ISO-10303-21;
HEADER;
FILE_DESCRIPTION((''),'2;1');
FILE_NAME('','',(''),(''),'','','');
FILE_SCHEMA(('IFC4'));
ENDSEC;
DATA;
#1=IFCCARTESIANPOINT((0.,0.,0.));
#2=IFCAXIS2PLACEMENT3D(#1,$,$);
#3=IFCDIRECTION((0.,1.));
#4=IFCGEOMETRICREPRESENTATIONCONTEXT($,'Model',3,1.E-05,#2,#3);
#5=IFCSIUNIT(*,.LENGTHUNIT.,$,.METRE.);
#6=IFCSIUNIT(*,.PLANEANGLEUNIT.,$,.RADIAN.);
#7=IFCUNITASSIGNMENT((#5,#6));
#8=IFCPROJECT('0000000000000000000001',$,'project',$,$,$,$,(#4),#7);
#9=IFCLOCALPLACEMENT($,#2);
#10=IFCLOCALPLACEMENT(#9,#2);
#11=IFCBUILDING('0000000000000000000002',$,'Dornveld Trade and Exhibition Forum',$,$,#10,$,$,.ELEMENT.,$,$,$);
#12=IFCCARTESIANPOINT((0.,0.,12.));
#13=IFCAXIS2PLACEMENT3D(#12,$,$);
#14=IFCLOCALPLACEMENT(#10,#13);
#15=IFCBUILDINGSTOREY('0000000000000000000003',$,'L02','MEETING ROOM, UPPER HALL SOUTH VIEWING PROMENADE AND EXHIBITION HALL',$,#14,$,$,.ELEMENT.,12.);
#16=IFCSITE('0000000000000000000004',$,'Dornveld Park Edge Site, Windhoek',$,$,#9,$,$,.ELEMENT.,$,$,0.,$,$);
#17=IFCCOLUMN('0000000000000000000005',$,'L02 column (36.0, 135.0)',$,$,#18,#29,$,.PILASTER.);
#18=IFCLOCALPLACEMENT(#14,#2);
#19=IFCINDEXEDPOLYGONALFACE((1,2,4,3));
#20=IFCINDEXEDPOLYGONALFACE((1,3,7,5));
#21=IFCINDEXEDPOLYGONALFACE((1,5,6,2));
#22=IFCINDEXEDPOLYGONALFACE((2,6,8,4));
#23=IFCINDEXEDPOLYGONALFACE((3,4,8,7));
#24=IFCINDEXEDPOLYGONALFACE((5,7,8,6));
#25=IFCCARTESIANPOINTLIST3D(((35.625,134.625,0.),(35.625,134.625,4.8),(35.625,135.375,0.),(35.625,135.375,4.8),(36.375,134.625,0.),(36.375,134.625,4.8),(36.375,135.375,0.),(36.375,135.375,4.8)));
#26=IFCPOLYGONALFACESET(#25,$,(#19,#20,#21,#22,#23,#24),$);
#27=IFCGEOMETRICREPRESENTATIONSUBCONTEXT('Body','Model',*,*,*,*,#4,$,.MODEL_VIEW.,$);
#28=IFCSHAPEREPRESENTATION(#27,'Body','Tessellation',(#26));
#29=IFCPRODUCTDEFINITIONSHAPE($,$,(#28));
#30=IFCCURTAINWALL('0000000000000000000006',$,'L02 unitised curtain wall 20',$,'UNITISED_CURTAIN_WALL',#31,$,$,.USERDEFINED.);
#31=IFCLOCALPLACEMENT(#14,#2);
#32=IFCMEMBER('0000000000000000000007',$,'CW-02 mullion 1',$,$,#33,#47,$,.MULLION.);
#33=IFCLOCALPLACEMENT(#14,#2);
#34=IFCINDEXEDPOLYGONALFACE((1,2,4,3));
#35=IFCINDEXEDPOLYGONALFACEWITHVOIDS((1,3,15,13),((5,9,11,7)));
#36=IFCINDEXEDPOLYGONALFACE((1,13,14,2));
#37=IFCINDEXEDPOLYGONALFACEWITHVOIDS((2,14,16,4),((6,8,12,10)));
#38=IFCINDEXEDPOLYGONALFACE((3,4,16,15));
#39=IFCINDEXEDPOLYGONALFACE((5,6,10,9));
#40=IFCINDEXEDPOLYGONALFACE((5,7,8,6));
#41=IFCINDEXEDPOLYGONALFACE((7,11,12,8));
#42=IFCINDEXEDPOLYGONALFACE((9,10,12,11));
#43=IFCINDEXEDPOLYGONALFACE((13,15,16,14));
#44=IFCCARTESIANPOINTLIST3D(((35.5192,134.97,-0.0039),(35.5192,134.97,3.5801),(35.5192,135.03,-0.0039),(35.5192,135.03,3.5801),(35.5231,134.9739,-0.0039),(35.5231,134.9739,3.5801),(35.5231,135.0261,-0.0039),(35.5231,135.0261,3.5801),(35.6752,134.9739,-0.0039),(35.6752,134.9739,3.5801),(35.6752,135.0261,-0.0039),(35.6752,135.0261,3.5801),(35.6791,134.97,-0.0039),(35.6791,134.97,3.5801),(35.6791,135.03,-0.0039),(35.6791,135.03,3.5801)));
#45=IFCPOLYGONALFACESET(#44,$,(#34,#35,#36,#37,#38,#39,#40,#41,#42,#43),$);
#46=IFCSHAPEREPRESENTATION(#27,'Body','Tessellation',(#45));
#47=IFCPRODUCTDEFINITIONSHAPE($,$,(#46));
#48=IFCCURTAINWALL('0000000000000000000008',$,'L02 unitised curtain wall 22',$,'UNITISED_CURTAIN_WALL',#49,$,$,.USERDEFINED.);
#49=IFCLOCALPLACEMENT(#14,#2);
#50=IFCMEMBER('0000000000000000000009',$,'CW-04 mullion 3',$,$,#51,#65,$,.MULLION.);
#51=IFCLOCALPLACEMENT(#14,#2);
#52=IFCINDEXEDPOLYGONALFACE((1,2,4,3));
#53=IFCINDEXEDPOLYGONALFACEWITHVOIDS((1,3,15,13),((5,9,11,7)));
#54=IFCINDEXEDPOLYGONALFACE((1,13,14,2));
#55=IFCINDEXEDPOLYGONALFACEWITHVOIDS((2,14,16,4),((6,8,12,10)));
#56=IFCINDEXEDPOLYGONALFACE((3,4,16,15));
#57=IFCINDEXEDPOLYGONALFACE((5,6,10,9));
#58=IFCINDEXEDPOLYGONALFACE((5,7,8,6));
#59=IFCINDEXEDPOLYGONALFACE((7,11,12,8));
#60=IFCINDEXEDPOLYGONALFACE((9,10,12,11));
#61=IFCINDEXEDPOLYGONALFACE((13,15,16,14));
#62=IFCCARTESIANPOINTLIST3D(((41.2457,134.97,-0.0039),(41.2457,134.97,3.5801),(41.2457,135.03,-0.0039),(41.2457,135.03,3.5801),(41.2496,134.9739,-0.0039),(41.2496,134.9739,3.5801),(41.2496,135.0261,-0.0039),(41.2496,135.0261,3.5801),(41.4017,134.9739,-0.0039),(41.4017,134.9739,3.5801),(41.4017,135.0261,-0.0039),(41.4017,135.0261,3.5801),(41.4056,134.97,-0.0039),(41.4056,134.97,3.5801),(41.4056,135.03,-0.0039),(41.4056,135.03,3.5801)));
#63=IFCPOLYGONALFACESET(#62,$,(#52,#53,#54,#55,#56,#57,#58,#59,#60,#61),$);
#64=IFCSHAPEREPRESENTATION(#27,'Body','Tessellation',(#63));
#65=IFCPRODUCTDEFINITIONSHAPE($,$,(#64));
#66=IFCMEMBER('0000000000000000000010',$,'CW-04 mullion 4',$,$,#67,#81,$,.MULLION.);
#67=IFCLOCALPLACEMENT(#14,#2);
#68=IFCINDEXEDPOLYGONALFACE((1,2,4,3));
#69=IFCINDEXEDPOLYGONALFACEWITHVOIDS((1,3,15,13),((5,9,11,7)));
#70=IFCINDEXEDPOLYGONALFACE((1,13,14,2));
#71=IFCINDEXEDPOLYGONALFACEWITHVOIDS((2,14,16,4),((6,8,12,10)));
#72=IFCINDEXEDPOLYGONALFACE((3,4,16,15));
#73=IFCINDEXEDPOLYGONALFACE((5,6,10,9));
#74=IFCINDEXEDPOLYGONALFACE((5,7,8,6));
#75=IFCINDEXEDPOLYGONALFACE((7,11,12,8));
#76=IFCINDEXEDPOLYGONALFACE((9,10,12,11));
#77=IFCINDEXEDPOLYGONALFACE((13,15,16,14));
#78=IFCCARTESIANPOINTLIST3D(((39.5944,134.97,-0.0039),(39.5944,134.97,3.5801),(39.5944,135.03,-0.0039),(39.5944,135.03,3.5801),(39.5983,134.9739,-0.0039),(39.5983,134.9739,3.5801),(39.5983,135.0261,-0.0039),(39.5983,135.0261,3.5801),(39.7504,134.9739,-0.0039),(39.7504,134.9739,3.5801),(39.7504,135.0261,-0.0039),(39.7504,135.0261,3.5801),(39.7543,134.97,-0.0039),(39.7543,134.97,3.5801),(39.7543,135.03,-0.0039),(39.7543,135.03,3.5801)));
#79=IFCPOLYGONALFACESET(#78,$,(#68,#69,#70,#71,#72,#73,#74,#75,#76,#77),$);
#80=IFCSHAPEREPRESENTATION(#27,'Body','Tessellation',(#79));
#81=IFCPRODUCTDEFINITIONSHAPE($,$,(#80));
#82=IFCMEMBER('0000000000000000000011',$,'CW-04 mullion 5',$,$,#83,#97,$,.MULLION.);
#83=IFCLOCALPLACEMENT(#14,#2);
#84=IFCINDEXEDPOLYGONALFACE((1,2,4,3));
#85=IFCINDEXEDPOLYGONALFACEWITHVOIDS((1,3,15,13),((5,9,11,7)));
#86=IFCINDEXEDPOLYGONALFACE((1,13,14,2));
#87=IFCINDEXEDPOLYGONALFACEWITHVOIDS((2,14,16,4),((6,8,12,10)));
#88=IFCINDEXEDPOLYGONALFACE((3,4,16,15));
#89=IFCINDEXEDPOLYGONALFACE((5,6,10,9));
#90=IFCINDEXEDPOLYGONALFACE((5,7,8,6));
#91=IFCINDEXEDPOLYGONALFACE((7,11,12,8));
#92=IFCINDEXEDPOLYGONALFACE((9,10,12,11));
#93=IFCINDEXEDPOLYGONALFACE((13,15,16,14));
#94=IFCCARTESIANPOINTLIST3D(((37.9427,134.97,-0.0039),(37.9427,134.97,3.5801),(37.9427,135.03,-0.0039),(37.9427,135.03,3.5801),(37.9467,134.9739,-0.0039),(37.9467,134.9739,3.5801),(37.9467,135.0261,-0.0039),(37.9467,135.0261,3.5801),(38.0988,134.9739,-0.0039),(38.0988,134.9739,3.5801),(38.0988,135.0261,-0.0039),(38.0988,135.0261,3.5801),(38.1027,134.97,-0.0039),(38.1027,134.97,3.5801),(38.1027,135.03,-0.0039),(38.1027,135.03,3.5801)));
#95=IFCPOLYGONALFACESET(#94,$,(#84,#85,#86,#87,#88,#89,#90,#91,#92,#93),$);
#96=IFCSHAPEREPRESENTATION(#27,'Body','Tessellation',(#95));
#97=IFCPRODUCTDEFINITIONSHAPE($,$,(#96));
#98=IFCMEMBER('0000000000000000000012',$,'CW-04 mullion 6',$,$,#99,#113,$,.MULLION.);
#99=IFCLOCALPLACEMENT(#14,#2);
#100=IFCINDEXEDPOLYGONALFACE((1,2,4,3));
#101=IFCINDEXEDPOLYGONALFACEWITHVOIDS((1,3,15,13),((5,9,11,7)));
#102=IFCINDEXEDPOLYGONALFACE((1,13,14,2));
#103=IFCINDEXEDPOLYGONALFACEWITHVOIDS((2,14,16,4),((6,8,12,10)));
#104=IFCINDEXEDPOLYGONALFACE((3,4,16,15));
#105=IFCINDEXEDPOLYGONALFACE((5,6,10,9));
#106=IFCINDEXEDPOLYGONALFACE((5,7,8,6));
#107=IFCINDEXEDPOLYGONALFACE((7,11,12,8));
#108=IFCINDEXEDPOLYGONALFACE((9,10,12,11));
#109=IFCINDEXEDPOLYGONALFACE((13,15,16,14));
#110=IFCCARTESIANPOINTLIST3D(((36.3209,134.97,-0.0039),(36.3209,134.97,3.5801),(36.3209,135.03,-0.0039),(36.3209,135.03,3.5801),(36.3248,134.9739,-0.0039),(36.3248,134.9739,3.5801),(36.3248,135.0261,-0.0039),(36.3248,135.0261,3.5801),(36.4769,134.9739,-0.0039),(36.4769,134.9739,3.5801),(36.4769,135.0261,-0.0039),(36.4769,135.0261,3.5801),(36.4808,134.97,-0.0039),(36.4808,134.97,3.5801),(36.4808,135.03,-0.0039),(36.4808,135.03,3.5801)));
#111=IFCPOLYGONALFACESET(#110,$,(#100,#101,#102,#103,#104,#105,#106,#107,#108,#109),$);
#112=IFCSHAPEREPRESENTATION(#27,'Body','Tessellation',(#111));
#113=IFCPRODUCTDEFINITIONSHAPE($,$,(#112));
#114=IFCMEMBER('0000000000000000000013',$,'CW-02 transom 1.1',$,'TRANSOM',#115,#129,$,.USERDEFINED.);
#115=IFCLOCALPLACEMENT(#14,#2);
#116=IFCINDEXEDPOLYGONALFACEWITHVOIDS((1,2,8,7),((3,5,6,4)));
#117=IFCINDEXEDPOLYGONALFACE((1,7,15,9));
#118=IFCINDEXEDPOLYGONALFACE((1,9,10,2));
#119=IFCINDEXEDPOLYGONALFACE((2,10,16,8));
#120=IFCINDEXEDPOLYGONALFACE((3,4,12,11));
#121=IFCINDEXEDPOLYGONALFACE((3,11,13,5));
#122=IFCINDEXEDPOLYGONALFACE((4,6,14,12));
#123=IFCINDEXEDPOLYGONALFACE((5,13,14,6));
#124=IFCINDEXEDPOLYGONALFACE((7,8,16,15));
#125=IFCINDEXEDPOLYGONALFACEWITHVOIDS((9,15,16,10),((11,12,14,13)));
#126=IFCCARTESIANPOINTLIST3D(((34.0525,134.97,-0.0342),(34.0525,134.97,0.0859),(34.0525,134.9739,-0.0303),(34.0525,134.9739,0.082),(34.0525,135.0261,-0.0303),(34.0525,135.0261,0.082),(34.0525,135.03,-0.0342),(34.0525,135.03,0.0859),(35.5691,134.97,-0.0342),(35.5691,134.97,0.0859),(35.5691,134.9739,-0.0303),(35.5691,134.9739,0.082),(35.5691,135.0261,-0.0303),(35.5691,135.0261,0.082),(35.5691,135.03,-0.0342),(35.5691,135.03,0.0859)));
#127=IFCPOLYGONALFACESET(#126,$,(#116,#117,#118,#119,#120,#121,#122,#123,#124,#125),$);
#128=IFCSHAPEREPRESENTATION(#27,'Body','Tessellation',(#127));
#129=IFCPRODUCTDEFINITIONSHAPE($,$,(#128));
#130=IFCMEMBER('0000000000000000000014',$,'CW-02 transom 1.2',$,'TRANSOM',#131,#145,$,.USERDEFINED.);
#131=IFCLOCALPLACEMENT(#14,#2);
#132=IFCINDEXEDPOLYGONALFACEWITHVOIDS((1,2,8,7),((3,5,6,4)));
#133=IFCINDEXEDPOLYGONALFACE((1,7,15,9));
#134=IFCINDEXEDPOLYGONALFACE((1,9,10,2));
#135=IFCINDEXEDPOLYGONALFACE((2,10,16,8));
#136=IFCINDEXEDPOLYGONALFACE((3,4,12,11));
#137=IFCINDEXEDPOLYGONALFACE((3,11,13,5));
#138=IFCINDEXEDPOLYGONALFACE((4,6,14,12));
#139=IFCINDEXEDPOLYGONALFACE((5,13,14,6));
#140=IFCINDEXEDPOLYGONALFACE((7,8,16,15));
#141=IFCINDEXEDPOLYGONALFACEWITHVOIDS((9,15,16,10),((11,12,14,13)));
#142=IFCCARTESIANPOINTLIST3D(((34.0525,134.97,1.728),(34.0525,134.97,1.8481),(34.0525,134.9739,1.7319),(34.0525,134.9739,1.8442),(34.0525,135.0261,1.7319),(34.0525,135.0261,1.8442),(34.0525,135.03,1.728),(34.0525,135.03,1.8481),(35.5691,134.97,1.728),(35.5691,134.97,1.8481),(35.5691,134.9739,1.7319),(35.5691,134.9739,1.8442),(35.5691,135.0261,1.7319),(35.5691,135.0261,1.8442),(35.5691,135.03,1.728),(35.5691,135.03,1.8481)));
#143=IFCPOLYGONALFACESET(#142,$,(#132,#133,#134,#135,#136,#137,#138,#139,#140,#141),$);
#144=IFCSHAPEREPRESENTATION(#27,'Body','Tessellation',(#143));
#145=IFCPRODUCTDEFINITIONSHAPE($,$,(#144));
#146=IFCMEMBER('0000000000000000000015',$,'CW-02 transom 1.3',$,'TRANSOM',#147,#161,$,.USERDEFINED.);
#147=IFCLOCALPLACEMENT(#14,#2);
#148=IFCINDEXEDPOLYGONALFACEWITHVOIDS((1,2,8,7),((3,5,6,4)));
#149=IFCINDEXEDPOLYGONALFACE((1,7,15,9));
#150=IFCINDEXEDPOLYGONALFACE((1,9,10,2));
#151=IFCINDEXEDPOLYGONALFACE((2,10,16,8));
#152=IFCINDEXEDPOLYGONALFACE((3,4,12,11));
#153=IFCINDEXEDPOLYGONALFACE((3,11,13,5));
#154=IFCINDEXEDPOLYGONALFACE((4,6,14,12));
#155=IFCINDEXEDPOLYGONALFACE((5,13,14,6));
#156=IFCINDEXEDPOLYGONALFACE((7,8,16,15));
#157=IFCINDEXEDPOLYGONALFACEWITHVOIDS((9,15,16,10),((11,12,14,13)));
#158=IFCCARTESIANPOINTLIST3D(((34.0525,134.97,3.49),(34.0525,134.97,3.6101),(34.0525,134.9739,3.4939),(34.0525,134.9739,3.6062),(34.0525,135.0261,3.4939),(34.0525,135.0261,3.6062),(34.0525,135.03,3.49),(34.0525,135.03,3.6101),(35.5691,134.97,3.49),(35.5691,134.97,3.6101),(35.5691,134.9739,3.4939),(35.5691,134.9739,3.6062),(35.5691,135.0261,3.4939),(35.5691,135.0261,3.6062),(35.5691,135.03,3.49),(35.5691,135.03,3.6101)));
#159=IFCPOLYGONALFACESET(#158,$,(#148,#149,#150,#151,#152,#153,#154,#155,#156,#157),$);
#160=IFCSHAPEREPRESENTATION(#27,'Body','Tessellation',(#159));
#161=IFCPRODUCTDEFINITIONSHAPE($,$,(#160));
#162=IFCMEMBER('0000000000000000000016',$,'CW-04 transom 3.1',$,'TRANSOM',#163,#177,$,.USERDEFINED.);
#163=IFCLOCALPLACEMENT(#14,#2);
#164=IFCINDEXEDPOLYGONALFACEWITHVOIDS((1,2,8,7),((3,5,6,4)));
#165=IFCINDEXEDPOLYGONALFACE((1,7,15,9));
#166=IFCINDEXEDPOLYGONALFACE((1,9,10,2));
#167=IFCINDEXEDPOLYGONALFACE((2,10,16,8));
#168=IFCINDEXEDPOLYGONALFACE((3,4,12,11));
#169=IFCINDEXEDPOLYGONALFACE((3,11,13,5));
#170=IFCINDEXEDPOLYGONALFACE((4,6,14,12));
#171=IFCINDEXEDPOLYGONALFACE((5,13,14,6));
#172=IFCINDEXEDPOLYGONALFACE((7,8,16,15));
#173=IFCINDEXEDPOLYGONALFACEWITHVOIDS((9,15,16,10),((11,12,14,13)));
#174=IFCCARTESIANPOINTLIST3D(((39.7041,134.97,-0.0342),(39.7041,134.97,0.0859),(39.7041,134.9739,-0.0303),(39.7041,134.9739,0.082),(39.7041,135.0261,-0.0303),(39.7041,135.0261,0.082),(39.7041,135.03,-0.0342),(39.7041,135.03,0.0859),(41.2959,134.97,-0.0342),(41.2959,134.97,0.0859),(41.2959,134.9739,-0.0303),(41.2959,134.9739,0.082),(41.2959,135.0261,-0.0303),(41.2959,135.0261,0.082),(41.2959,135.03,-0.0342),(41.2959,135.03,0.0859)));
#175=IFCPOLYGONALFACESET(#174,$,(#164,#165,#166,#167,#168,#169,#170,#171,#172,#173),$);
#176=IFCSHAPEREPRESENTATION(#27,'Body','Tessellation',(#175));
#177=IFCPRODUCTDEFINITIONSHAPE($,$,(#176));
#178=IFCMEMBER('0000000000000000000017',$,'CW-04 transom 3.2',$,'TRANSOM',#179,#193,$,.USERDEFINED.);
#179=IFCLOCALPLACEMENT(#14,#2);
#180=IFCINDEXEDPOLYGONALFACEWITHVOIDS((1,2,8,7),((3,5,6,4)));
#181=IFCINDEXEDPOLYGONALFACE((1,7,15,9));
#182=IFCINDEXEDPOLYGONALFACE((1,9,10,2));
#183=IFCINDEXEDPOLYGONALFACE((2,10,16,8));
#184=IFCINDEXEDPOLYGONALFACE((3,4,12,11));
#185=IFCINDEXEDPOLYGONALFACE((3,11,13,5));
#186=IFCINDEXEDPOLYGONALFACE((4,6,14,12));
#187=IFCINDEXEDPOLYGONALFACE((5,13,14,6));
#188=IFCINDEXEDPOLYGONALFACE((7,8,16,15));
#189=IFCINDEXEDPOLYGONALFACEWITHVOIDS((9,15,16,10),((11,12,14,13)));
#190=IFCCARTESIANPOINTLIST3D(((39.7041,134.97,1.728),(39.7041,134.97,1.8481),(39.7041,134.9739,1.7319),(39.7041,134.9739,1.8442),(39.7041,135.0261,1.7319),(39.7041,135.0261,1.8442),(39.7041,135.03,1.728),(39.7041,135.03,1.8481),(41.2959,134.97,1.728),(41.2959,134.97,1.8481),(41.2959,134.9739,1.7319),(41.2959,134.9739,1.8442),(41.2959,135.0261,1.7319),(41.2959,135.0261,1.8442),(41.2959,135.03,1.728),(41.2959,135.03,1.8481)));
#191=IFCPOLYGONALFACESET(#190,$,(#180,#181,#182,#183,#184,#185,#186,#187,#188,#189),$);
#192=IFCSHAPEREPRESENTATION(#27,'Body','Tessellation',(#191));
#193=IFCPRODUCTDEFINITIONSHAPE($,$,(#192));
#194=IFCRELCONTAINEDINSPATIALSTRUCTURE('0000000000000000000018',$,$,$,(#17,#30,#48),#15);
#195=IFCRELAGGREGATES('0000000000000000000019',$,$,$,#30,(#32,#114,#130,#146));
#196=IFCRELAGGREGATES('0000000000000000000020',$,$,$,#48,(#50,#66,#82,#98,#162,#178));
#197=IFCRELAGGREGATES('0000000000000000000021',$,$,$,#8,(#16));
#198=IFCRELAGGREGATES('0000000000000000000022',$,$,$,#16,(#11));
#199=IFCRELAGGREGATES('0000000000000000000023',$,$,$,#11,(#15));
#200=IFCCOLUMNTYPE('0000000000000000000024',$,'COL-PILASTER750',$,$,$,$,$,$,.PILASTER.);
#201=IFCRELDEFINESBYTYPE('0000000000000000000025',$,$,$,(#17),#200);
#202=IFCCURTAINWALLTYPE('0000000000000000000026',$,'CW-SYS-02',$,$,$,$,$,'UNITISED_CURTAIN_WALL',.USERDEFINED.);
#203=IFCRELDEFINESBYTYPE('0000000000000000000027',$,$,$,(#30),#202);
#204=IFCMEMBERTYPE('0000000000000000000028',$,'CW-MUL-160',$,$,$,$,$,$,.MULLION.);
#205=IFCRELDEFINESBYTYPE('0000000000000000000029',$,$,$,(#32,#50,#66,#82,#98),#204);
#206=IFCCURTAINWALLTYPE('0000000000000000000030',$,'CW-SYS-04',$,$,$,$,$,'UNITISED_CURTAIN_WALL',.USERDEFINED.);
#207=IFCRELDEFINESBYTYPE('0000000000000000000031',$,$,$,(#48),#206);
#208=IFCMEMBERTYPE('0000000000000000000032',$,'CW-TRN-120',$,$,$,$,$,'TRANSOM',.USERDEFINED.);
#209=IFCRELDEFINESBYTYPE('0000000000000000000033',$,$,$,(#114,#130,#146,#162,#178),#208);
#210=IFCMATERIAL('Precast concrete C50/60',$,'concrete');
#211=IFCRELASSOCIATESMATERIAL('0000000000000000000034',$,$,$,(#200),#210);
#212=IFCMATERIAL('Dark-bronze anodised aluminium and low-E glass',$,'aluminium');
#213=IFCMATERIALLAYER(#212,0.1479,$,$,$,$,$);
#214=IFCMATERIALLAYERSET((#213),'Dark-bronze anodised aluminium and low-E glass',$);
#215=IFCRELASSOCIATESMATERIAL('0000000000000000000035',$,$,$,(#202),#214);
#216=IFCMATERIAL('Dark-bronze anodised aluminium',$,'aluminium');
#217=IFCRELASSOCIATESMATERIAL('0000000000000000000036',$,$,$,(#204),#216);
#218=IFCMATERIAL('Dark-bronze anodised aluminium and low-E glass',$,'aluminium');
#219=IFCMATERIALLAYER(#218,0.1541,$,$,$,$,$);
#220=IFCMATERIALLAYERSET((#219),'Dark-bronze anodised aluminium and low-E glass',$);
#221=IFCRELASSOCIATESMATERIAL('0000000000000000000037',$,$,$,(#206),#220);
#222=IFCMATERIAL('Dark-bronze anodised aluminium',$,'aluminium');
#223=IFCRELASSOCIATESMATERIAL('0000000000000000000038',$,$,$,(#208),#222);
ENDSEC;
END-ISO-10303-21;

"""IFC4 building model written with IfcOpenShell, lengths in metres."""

from ifc_helpers import new_model, si_unit, direction, frame, origin, origin_2d, place, context, subcontext, project, spatial, rectangle, hollow_rectangle, extrude, material, layer, layer_set, material_profile, profile_set, type_object, element, aggregate, save


model = new_model("IFC4")

# Units and contexts
model_context = context("Model", 3, precision=1e-05, world=origin(), true_north=direction((0.0, 1.0)))
body_context = subcontext(model_context, "Body", "Model", "MODEL_VIEW")
ifc_project = project(units=[si_unit("LENGTHUNIT", "METRE"), si_unit("PLANEANGLEUNIT", "RADIAN")], contexts=[model_context])

# Site, building, storey
site_placement = place(None, origin())
site = spatial("IfcSite", under=ifc_project, at=site_placement, Name="Dornveld Park Edge Site, Windhoek", CompositionType="ELEMENT", RefElevation=0.0)
building_placement = place(site_placement, origin())
building = spatial("IfcBuilding", under=site, at=building_placement, Name="Dornveld Trade and Exhibition Forum", CompositionType="ELEMENT")
storey_placement = place(building_placement, frame((0.0, 0.0, 12.0)))
storey = spatial("IfcBuildingStorey", under=building, at=storey_placement, Name="L02", Description="MEETING ROOM, UPPER HALL SOUTH VIEWING PROMENADE AND EXHIBITION HALL", CompositionType="ELEMENT", Elevation=12.0)

# Column
ifc_material_1 = material(Name="Precast concrete C50/60", Category="concrete")
ifc_material_profile_1 = material_profile(ifc_material_1, rectangle(XDim=0.75, YDim=0.75, at=origin_2d()), Name="PC-COL 750x750")
ifc_profile_set_1 = profile_set([ifc_material_profile_1], Name="Precast concrete C50/60")
column_type = type_object("IfcColumnType", Name="COL-PILASTER750", PredefinedType="PILASTER", material=ifc_profile_set_1)
column_placement = place(storey_placement, frame((36.0, 135.0, 0.0), z_axis=(0.0, 0.0, 1.0), x_axis=(1.0, 0.0, 0.0)))
element("IfcColumn", 1, at=column_placement, inside=storey, type_object=column_type, Name="L02 column (36.0, 135.0)", PredefinedType="PILASTER", context=body_context, shape_type="SweptSolid", body=[
    extrude(rectangle(XDim=0.75, YDim=0.75, at=origin_2d()), origin(), (0.0, 0.0, 1.0), 4.8),
])

# Curtain wall, member
ifc_material_2 = material(Name="Dark-bronze anodised aluminium and low-E glass", Category="aluminium")
ifc_layer_1 = layer(ifc_material_2, 0.1479)
ifc_layer_set_1 = layer_set([ifc_layer_1], Name="Dark-bronze anodised aluminium and low-E glass")
curtain_wall_type_1 = type_object("IfcCurtainWallType", Name="CW-SYS-02", ElementType="UNITISED_CURTAIN_WALL", PredefinedType="USERDEFINED", material=ifc_layer_set_1)
curtain_wall_1_placement = place(storey_placement, origin())
curtain_wall_1 = element("IfcCurtainWall", 2, at=curtain_wall_1_placement, inside=storey, type_object=curtain_wall_type_1, Name="L02 unitised curtain wall 20", ObjectType="UNITISED_CURTAIN_WALL", PredefinedType="USERDEFINED")
ifc_material_3 = material(Name="Dark-bronze anodised aluminium", Category="aluminium")
ifc_material_profile_2 = material_profile(ifc_material_3, hollow_rectangle(XDim=0.0601, YDim=0.1599, WallThickness=0.0039, at=origin_2d()), Name="RHS 160x60x4")
ifc_profile_set_2 = profile_set([ifc_material_profile_2], Name="Dark-bronze anodised aluminium")
member_type_1 = type_object("IfcMemberType", Name="CW-MUL-160", PredefinedType="MULLION", material=ifc_profile_set_2)
member_1_placement = place(storey_placement, frame((35.5991, 135.0, -0.0039), z_axis=(0.0, 0.0, 1.0), x_axis=(0.0, -1.0, 0.0)))
member_1 = element("IfcMember", 3, at=member_1_placement, type_object=member_type_1, Name="CW-02 mullion 1", PredefinedType="MULLION", context=body_context, shape_type="SweptSolid", body=[
    extrude(hollow_rectangle(XDim=0.0601, YDim=0.1599, WallThickness=0.0039, at=origin_2d()), origin(), (0.0, 0.0, 1.0), 3.584),
])

# Curtain wall, members
ifc_material_4 = material(Name="Dark-bronze anodised aluminium and low-E glass", Category="aluminium")
ifc_layer_2 = layer(ifc_material_4, 0.1541)
ifc_layer_set_2 = layer_set([ifc_layer_2], Name="Dark-bronze anodised aluminium and low-E glass")
curtain_wall_type_2 = type_object("IfcCurtainWallType", Name="CW-SYS-04", ElementType="UNITISED_CURTAIN_WALL", PredefinedType="USERDEFINED", material=ifc_layer_set_2)
curtain_wall_2_placement = place(storey_placement, origin())
curtain_wall_2 = element("IfcCurtainWall", 4, at=curtain_wall_2_placement, inside=storey, type_object=curtain_wall_type_2, Name="L02 unitised curtain wall 22", ObjectType="UNITISED_CURTAIN_WALL", PredefinedType="USERDEFINED")
member_2_placement = place(storey_placement, frame((41.3257, 135.0, -0.0039), z_axis=(0.0, 0.0, 1.0), x_axis=(0.0, -1.0, 0.0)))
member_2 = element("IfcMember", 5, at=member_2_placement, type_object=member_type_1, Name="CW-04 mullion 3", PredefinedType="MULLION", context=body_context, shape_type="SweptSolid", body=[
    extrude(hollow_rectangle(XDim=0.0601, YDim=0.1599, WallThickness=0.0039, at=origin_2d()), origin(), (0.0, 0.0, 1.0), 3.584),
])
member_3_placement = place(storey_placement, frame((39.6743, 135.0, -0.0039), z_axis=(0.0, 0.0, 1.0), x_axis=(0.0, -1.0, 0.0)))
member_3 = element("IfcMember", 6, at=member_3_placement, type_object=member_type_1, Name="CW-04 mullion 4", PredefinedType="MULLION", context=body_context, shape_type="SweptSolid", body=[
    extrude(hollow_rectangle(XDim=0.0601, YDim=0.1599, WallThickness=0.0039, at=origin_2d()), origin(), (0.0, 0.0, 1.0), 3.584),
])
member_4_placement = place(storey_placement, frame((38.0227, 135.0, -0.0039), z_axis=(0.0, 0.0, 1.0), x_axis=(0.0, -1.0, 0.0)))
member_4 = element("IfcMember", 7, at=member_4_placement, type_object=member_type_1, Name="CW-04 mullion 5", PredefinedType="MULLION", context=body_context, shape_type="SweptSolid", body=[
    extrude(hollow_rectangle(XDim=0.0601, YDim=0.1599, WallThickness=0.0039, at=origin_2d()), origin(), (0.0, 0.0, 1.0), 3.584),
])
member_5_placement = place(storey_placement, frame((36.4009, 135.0, -0.0039), z_axis=(0.0, 0.0, 1.0), x_axis=(0.0, -1.0, 0.0)))
member_5 = element("IfcMember", 8, at=member_5_placement, type_object=member_type_1, Name="CW-04 mullion 6", PredefinedType="MULLION", context=body_context, shape_type="SweptSolid", body=[
    extrude(hollow_rectangle(XDim=0.0601, YDim=0.1599, WallThickness=0.0039, at=origin_2d()), origin(), (0.0, 0.0, 1.0), 3.584),
])

# Members
ifc_material_5 = material(Name="Dark-bronze anodised aluminium", Category="aluminium")
ifc_material_profile_3 = material_profile(ifc_material_5, hollow_rectangle(XDim=0.0601, YDim=0.1201, WallThickness=0.0039, at=origin_2d()), Name="RHS 120x60x4")
ifc_profile_set_3 = profile_set([ifc_material_profile_3], Name="Dark-bronze anodised aluminium")
member_type_2 = type_object("IfcMemberType", Name="CW-TRN-120", ElementType="TRANSOM", PredefinedType="USERDEFINED", material=ifc_profile_set_3)
member_6_placement = place(storey_placement, frame((35.5691, 135.0, 0.0259), z_axis=(-1.0, 0.0, 0.0), x_axis=(0.0, -1.0, 0.0)))
member_6 = element("IfcMember", 9, at=member_6_placement, type_object=member_type_2, Name="CW-02 transom 1.1", ObjectType="TRANSOM", PredefinedType="USERDEFINED", context=body_context, shape_type="SweptSolid", body=[
    extrude(hollow_rectangle(XDim=0.0601, YDim=0.1201, WallThickness=0.0039, at=origin_2d()), origin(), (0.0, 0.0, 1.0), 1.5166),
])
member_7_placement = place(storey_placement, frame((35.5691, 135.0, 1.7881), z_axis=(-1.0, 0.0, 0.0), x_axis=(0.0, -1.0, 0.0)))
member_7 = element("IfcMember", 10, at=member_7_placement, type_object=member_type_2, Name="CW-02 transom 1.2", ObjectType="TRANSOM", PredefinedType="USERDEFINED", context=body_context, shape_type="SweptSolid", body=[
    extrude(hollow_rectangle(XDim=0.0601, YDim=0.1201, WallThickness=0.0039, at=origin_2d()), origin(), (0.0, 0.0, 1.0), 1.5166),
])
member_8_placement = place(storey_placement, frame((35.5691, 135.0, 3.55), z_axis=(-1.0, 0.0, 0.0), x_axis=(0.0, -1.0, 0.0)))
member_8 = element("IfcMember", 11, at=member_8_placement, type_object=member_type_2, Name="CW-02 transom 1.3", ObjectType="TRANSOM", PredefinedType="USERDEFINED", context=body_context, shape_type="SweptSolid", body=[
    extrude(hollow_rectangle(XDim=0.0601, YDim=0.1201, WallThickness=0.0039, at=origin_2d()), origin(), (0.0, 0.0, 1.0), 1.5166),
])
aggregate(curtain_wall_1, [member_1, member_6, member_7, member_8])
member_9_placement = place(storey_placement, frame((41.2959, 135.0, 0.0259), z_axis=(-1.0, 0.0, 0.0), x_axis=(0.0, -1.0, 0.0)))
member_9 = element("IfcMember", 12, at=member_9_placement, type_object=member_type_2, Name="CW-04 transom 3.1", ObjectType="TRANSOM", PredefinedType="USERDEFINED", context=body_context, shape_type="SweptSolid", body=[
    extrude(hollow_rectangle(XDim=0.0601, YDim=0.1201, WallThickness=0.0039, at=origin_2d()), origin(), (0.0, 0.0, 1.0), 1.5918),
])
member_10_placement = place(storey_placement, frame((41.2959, 135.0, 1.7881), z_axis=(-1.0, 0.0, 0.0), x_axis=(0.0, -1.0, 0.0)))
member_10 = element("IfcMember", 13, at=member_10_placement, type_object=member_type_2, Name="CW-04 transom 3.2", ObjectType="TRANSOM", PredefinedType="USERDEFINED", context=body_context, shape_type="SweptSolid", body=[
    extrude(hollow_rectangle(XDim=0.0601, YDim=0.1201, WallThickness=0.0039, at=origin_2d()), origin(), (0.0, 0.0, 1.0), 1.5918),
])

aggregate(curtain_wall_2, [member_2, member_3, member_4, member_5, member_9, member_10])

save(model, "model.ifc")
